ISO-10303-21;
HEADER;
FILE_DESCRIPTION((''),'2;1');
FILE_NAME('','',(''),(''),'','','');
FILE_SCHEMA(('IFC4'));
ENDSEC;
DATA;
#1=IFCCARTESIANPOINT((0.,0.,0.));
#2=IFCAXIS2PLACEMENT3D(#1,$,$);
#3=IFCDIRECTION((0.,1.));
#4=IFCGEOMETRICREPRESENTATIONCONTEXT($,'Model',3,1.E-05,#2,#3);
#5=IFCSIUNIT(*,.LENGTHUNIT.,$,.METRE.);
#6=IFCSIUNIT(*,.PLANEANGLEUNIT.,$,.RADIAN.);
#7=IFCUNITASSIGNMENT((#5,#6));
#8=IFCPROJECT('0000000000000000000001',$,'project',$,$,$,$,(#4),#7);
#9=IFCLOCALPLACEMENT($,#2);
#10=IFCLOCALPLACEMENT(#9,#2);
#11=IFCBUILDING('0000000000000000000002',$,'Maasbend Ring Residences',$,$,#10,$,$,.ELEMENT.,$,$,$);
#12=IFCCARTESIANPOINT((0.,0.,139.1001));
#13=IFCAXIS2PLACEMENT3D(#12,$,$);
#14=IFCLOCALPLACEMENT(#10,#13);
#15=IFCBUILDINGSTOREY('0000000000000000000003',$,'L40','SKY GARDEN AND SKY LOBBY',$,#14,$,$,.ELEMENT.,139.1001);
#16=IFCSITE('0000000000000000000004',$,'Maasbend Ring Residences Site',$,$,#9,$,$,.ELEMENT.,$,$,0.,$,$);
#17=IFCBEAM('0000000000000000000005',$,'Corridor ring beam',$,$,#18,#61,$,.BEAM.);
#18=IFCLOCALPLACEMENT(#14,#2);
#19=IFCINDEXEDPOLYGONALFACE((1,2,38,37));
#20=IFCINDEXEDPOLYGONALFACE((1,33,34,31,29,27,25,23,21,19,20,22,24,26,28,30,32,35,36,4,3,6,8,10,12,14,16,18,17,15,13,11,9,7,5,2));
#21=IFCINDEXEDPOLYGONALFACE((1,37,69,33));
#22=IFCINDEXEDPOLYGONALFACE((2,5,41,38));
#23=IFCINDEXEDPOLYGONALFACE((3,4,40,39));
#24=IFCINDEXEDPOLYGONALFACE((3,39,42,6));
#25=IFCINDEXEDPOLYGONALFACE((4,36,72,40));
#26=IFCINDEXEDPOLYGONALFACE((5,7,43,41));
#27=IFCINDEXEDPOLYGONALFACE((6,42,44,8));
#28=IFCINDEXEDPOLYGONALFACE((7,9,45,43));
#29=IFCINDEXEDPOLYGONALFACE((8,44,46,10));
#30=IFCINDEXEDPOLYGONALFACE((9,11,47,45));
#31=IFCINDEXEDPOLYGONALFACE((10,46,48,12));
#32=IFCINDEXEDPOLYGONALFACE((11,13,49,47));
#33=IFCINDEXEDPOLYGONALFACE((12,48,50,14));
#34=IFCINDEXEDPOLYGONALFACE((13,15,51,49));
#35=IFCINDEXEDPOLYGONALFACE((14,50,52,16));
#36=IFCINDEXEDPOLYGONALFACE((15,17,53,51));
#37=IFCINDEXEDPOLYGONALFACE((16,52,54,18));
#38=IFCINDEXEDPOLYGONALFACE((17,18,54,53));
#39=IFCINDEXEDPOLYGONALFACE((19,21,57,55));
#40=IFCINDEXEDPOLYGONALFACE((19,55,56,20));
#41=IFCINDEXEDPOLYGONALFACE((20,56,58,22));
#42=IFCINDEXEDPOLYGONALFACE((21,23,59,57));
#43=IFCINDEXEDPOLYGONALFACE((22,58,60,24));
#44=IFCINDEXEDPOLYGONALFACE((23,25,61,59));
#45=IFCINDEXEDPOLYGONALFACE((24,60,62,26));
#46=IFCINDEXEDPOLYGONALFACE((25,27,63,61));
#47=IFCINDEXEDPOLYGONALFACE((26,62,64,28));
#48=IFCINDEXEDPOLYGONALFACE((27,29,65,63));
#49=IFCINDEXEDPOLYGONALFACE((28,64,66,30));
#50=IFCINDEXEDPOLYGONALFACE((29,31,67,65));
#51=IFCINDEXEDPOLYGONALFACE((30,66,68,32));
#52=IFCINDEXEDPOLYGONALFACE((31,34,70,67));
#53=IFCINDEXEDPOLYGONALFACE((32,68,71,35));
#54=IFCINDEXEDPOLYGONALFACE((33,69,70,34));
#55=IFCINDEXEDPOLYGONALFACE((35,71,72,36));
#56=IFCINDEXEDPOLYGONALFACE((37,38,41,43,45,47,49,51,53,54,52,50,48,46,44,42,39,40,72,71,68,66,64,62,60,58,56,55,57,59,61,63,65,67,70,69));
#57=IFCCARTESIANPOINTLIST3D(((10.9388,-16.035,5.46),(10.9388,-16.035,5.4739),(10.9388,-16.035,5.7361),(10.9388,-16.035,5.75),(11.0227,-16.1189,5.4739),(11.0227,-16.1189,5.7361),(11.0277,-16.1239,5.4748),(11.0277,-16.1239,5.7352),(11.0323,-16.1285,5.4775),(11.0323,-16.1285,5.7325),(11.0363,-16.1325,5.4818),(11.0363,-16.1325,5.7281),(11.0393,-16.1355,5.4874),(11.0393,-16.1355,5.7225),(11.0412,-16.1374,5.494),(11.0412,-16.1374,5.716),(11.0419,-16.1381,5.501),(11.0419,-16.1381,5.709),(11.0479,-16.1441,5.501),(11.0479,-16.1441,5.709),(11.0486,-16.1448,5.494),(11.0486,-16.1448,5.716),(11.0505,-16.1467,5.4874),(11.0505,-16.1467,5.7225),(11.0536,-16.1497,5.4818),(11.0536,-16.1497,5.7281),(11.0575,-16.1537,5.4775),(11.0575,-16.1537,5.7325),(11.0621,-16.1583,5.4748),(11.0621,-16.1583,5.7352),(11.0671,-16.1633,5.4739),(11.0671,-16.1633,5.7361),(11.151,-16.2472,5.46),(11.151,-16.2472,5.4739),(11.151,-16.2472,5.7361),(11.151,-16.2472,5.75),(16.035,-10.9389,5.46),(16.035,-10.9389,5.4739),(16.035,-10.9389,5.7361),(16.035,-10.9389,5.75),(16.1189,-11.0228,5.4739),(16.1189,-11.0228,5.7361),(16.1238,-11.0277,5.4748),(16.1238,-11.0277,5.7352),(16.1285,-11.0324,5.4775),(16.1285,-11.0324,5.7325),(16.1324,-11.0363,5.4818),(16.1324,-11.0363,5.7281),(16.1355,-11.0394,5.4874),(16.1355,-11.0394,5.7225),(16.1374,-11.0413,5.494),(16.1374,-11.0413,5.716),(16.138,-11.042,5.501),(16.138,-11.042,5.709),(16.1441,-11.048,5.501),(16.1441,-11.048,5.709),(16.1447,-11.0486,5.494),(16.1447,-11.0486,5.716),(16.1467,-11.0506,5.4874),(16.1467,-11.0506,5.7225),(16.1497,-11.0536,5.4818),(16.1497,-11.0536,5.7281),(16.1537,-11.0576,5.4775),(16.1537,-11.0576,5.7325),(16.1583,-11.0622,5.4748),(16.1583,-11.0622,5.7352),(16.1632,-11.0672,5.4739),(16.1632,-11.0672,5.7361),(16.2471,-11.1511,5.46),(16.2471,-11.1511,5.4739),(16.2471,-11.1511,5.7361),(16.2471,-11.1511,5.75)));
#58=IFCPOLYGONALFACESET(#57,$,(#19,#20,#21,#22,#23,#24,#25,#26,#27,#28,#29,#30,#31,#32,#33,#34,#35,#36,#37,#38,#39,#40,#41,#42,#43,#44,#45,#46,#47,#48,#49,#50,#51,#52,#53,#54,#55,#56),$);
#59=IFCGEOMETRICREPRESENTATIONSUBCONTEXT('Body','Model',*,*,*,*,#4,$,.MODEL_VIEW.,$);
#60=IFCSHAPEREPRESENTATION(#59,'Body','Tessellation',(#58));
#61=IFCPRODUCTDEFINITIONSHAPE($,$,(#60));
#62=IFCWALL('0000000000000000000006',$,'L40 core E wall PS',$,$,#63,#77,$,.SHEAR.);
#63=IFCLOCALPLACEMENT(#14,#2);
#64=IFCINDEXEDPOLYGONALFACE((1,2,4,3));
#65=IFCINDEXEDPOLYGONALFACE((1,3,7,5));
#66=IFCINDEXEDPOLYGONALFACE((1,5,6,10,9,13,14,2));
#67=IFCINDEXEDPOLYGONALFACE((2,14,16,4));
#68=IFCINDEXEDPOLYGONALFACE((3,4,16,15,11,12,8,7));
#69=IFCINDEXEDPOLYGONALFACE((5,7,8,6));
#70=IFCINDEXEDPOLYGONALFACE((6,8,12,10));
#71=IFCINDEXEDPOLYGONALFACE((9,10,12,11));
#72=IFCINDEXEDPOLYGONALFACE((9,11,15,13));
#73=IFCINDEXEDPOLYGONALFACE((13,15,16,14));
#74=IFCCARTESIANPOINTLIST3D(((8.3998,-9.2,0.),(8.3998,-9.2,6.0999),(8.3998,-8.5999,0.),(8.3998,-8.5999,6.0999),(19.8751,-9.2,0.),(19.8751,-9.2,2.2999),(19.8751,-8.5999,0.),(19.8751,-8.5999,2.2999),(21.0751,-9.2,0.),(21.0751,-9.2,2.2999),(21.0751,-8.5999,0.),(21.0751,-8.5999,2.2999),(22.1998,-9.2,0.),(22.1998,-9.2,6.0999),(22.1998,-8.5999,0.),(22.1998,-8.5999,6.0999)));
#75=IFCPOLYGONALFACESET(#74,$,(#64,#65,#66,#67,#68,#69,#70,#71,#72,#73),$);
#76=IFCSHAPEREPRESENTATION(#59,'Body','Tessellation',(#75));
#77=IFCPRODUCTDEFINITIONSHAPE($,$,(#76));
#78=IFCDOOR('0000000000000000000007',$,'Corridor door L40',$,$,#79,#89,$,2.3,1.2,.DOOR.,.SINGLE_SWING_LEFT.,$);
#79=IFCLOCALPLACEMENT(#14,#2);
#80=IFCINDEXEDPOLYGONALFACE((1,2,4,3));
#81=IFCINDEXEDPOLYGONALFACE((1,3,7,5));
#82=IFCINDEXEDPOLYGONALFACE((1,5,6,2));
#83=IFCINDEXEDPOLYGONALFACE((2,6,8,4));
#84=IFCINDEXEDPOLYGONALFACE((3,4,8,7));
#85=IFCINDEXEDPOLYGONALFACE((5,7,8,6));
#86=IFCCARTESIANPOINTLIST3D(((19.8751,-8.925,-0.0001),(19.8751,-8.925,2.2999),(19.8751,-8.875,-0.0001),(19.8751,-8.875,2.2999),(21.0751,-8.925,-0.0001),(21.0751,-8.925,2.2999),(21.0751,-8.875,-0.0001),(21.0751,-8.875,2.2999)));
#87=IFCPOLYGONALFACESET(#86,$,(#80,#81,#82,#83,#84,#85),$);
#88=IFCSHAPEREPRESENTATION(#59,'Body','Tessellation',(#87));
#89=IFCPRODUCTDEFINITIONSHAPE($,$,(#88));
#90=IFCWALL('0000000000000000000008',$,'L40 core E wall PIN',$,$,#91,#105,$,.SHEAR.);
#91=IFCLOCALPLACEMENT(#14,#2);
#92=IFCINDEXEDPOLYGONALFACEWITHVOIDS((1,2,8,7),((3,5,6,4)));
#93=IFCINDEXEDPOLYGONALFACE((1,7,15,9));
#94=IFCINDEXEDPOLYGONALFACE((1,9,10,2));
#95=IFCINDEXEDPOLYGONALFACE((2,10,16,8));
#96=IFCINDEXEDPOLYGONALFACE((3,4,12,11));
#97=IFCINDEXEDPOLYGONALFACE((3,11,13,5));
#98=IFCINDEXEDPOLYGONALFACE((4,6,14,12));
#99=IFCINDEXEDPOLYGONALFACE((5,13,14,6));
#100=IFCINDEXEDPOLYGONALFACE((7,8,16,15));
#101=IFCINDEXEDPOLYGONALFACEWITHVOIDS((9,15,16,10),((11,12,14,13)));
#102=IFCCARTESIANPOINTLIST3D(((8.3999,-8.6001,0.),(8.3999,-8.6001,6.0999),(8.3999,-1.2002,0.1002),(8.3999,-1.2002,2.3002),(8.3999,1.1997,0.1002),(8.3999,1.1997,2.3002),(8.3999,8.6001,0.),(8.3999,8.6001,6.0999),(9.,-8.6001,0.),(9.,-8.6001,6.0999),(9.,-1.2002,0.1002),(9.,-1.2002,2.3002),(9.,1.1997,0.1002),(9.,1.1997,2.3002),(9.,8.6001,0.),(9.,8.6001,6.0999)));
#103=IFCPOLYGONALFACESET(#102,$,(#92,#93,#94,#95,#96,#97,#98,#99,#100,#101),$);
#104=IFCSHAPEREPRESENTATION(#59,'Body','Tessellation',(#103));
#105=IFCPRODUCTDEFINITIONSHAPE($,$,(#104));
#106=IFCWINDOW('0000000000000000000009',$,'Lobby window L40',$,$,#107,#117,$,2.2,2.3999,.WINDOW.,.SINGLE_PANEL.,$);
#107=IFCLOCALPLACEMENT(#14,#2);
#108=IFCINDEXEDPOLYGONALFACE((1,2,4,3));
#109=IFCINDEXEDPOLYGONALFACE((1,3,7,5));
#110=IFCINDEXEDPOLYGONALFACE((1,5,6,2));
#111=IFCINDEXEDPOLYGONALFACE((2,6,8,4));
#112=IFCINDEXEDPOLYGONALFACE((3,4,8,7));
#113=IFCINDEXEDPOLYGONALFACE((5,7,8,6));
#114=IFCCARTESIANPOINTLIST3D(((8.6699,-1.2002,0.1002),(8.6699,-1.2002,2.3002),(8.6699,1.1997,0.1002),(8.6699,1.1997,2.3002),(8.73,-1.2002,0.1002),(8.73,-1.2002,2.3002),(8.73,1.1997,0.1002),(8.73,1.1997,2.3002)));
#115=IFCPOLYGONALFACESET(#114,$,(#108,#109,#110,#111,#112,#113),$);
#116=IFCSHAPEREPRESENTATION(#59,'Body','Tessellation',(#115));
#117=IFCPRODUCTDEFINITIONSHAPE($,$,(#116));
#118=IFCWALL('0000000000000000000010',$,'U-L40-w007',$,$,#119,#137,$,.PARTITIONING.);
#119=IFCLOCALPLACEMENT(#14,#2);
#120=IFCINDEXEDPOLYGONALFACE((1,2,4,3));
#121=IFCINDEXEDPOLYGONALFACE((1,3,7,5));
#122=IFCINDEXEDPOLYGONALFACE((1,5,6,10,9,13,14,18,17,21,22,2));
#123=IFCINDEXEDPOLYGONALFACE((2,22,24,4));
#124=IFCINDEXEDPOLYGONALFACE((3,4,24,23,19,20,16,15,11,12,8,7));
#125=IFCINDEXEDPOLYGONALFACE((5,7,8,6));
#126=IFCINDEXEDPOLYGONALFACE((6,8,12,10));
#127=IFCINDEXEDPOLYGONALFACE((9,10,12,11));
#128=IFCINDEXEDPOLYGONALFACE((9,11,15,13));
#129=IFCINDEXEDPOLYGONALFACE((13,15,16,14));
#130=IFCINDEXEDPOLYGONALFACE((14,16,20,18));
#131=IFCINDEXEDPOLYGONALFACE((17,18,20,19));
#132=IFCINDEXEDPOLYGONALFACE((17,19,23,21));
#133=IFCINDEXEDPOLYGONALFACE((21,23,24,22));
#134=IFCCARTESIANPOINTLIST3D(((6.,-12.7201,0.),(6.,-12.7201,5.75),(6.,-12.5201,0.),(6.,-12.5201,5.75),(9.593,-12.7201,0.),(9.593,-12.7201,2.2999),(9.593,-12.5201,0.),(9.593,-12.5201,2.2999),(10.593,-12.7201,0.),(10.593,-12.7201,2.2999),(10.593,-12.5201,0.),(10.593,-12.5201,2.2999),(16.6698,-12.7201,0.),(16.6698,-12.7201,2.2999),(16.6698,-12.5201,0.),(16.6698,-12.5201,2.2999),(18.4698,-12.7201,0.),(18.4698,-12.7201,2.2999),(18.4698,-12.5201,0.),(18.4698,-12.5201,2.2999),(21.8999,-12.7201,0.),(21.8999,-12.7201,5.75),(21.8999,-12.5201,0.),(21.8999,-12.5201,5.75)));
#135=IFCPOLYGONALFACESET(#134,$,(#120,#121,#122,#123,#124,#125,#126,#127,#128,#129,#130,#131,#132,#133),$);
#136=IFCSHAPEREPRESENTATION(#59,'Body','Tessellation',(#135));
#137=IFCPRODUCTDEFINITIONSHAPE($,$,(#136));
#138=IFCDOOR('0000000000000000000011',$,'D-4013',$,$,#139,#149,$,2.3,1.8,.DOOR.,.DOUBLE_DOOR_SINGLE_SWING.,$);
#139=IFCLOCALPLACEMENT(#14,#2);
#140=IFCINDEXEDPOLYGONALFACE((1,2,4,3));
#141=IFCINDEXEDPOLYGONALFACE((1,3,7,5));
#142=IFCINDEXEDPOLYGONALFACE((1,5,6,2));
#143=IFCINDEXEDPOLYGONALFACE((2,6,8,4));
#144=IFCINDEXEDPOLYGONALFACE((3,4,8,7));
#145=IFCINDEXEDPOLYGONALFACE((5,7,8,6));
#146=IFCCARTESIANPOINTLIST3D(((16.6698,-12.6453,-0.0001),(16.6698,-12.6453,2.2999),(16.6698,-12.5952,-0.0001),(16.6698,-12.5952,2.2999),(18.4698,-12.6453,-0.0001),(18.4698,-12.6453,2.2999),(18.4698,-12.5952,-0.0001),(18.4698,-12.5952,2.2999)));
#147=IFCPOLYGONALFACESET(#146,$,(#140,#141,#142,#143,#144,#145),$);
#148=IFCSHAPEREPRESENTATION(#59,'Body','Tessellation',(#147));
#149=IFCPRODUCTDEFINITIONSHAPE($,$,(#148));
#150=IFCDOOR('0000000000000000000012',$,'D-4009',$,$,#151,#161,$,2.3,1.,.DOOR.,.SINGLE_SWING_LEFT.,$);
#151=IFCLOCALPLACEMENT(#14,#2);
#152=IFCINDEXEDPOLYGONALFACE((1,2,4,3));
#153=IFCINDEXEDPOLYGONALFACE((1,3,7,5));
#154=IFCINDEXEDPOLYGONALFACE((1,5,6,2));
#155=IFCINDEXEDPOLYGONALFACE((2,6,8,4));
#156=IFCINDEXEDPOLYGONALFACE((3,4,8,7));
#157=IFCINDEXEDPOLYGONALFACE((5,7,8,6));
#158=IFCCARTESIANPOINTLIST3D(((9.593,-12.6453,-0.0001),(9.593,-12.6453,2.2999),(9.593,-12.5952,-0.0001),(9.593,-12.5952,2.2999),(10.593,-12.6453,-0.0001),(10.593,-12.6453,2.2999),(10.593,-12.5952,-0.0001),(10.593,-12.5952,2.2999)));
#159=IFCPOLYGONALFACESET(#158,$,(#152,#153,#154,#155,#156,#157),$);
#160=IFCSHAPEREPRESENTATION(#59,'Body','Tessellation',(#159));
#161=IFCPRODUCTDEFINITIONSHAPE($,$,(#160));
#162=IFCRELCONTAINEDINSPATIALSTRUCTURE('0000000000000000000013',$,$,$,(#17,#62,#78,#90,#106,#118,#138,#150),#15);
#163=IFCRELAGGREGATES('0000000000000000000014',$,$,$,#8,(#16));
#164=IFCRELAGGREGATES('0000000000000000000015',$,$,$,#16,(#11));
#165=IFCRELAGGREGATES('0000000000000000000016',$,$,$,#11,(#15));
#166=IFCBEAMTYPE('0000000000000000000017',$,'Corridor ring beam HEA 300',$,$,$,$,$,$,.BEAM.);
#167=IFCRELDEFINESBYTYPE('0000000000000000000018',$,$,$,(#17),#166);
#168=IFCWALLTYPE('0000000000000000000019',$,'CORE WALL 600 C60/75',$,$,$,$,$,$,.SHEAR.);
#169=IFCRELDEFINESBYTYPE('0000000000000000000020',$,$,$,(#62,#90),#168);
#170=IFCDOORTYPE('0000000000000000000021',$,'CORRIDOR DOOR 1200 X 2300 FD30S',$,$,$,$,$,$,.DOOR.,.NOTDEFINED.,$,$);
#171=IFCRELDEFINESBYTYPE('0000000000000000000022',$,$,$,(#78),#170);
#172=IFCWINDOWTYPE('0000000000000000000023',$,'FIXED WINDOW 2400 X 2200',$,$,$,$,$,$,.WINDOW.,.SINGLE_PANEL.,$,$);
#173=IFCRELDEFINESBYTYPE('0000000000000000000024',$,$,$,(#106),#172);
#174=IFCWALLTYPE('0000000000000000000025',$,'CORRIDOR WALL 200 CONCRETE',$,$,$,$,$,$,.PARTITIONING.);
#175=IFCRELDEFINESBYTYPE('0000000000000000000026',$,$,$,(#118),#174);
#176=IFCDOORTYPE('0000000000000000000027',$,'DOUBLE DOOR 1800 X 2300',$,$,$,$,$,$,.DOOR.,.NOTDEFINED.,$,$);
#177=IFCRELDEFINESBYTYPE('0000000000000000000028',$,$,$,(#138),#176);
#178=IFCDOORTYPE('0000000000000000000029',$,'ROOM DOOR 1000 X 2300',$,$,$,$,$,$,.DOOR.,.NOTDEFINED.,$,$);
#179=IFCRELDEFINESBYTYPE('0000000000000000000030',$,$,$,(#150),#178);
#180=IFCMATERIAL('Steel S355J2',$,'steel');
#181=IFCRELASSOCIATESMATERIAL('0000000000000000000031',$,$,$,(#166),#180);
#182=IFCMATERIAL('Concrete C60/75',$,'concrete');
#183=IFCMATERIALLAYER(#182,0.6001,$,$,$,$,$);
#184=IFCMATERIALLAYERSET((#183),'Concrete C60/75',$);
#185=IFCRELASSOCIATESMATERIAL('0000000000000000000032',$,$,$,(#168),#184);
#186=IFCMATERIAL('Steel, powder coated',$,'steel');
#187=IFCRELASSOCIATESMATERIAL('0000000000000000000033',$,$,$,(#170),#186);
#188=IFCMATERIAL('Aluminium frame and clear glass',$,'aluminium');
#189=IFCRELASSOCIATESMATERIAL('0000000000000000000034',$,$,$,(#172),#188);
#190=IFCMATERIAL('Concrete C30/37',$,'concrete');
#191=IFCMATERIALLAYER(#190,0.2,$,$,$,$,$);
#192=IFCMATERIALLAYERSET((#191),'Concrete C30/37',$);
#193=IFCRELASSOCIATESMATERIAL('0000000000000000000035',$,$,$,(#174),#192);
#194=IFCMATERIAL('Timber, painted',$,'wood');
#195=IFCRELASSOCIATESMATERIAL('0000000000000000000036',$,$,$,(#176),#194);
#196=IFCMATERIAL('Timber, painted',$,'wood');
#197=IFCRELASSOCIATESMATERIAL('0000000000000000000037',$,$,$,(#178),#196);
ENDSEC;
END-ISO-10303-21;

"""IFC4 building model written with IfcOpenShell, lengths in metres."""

from ifc_helpers import new_model, si_unit, direction, frame, frame_2d, origin, origin_2d, place, context, subcontext, project, spatial, rectangle, i_section, extrude, material, layer, layer_set, material_profile, profile_set, type_object, element, fill, save


model = new_model("IFC4")

# Units and contexts
model_context = context("Model", 3, precision=1e-05, world=origin(), true_north=direction((0.0, 1.0)))
body_context = subcontext(model_context, "Body", "Model", "MODEL_VIEW")
ifc_project = project(units=[si_unit("LENGTHUNIT", "METRE"), si_unit("PLANEANGLEUNIT", "RADIAN")], contexts=[model_context])

# Site, building, storey
site_placement = place(None, origin())
site = spatial("IfcSite", under=ifc_project, at=site_placement, Name="Maasbend Ring Residences Site", CompositionType="ELEMENT", RefElevation=0.0)
building_placement = place(site_placement, origin())
building = spatial("IfcBuilding", under=site, at=building_placement, Name="Maasbend Ring Residences", CompositionType="ELEMENT")
storey_placement = place(building_placement, frame((0.0, 0.0, 139.1001)))
storey = spatial("IfcBuildingStorey", under=building, at=storey_placement, Name="L40", Description="SKY GARDEN AND SKY LOBBY", CompositionType="ELEMENT", Elevation=139.1001)

# Beam
ifc_material_1 = material(Name="Steel S355J2", Category="steel")
ifc_material_profile_1 = material_profile(ifc_material_1, i_section(OverallWidth=0.3, OverallDepth=0.29, WebThickness=0.0085, FlangeThickness=0.0139, FilletRadius=0.0271, at=origin_2d()), Name="HEA 300")
ifc_profile_set_1 = profile_set([ifc_material_profile_1], Name="Steel S355J2")
beam_type_1 = type_object("IfcBeamType", Name="Corridor ring beam HEA 300", PredefinedType="BEAM", material=ifc_profile_set_1)
for number, where, z_axis, x_axis, name in (
    (1, (11.0449, -16.1411, 5.605), (0.707107, 0.707107, 0.0), (-0.707107, 0.707107, 0.0), "Corridor ring beam"),
):
    element("IfcBeam", number, at=place(storey_placement, frame(where, z_axis=z_axis, x_axis=x_axis)), inside=storey, type_object=beam_type_1, Name=name, PredefinedType="BEAM", context=body_context, shape_type="SweptSolid", body=[
        extrude(i_section(OverallWidth=0.3, OverallDepth=0.29, WebThickness=0.0085, FlangeThickness=0.0139, FilletRadius=0.0271, at=origin_2d()), origin(), (0.0, 0.0, 1.0), 7.207),
    ])

# Wall, opening, door
ifc_material_2 = material(Name="Concrete C60/75", Category="concrete")
ifc_layer_1 = layer(ifc_material_2, 0.6001)
ifc_layer_set_1 = layer_set([ifc_layer_1], Name="Concrete C60/75")
wall_type_1 = type_object("IfcWallType", Name="CORE WALL 600 C60/75", PredefinedType="SHEAR", material=ifc_layer_set_1)
wall_1_placement = place(storey_placement, frame((8.3999, -8.8999, 0.0), z_axis=(0.0, 0.0, 1.0), x_axis=(1.0, 0.0, 0.0)))
wall_1 = element("IfcWall", 2, at=wall_1_placement, inside=storey, type_object=wall_type_1, Name="L40 core E wall PS", PredefinedType="SHEAR", context=body_context, shape_type="SweptSolid", body=[
    extrude(rectangle(XDim=13.8, YDim=0.6001, at=frame_2d((6.8999, 0.0))), origin(), (0.0, 0.0, 1.0), 6.0999),
])
opening_1_placement = place(wall_1_placement, frame((11.4751, 0.0, 0.0)))
opening_1 = element("IfcOpeningElement", 3, at=opening_1_placement, cuts=wall_1, PredefinedType="OPENING", context=body_context, shape_type="SweptSolid", body=[
    extrude(rectangle(XDim=1.2, YDim=2.3, at=frame_2d((0.6001, 1.1499))), frame((0.0, 0.3101, 0.0), z_axis=(0.0, -1.0, 0.0), x_axis=(1.0, 0.0, 0.0)), (0.0, 0.0, 1.0), 0.6201),
])
ifc_material_3 = material(Name="Steel, powder coated", Category="steel")
door_type_1 = type_object("IfcDoorType", Name="CORRIDOR DOOR 1200 X 2300 FD30S", OperationType="NOTDEFINED", PredefinedType="DOOR", material=ifc_material_3)
door_1_placement = place(opening_1_placement, origin())
door_1 = element("IfcDoor", 4, at=door_1_placement, inside=storey, type_object=door_type_1, Name="Corridor door L40", OperationType="SINGLE_SWING_LEFT", OverallHeight=2.3, OverallWidth=1.2, PredefinedType="DOOR", context=body_context, shape_type="SweptSolid", body=[
    extrude(rectangle(XDim=1.2, YDim=2.3, at=frame_2d((0.6001, 1.1499))), frame((0.0, 0.0249, 0.0), z_axis=(0.0, -1.0, 0.0), x_axis=(1.0, 0.0, 0.0)), (0.0, 0.0, 1.0), 0.05),
])
fill(opening_1, door_1)

# Wall, opening, window
wall_2_placement = place(storey_placement, frame((8.7, -8.6001, 0.0), z_axis=(0.0, 0.0, 1.0), x_axis=(0.0, 1.0, 0.0)))
wall_2 = element("IfcWall", 5, at=wall_2_placement, inside=storey, type_object=wall_type_1, Name="L40 core E wall PIN", PredefinedType="SHEAR", context=body_context, shape_type="SweptSolid", body=[
    extrude(rectangle(XDim=17.2002, YDim=0.6001, at=frame_2d((8.6001, 0.0))), origin(), (0.0, 0.0, 1.0), 6.0999),
])
opening_2_placement = place(wall_2_placement, frame((7.3999, 0.0, 0.1001)))
opening_2 = element("IfcOpeningElement", 6, at=opening_2_placement, cuts=wall_2, PredefinedType="OPENING", context=body_context, shape_type="SweptSolid", body=[
    extrude(rectangle(XDim=2.3999, YDim=2.2, at=frame_2d((1.2, 1.1001))), frame((0.0, 0.3101, 0.0), z_axis=(0.0, -1.0, 0.0), x_axis=(1.0, 0.0, 0.0)), (0.0, 0.0, 1.0), 0.6201),
])
ifc_material_4 = material(Name="Aluminium frame and clear glass", Category="aluminium")
window_type = type_object("IfcWindowType", Name="FIXED WINDOW 2400 X 2200", PartitioningType="SINGLE_PANEL", PredefinedType="WINDOW", material=ifc_material_4)
window_placement = place(opening_2_placement, origin())
window = element("IfcWindow", 7, at=window_placement, inside=storey, type_object=window_type, Name="Lobby window L40", OverallHeight=2.2, OverallWidth=2.3999, PartitioningType="SINGLE_PANEL", PredefinedType="WINDOW", context=body_context, shape_type="SweptSolid", body=[
    extrude(rectangle(XDim=2.3999, YDim=2.2, at=frame_2d((1.2, 1.1001))), frame((0.0, 0.03, 0.0), z_axis=(0.0, -1.0, 0.0), x_axis=(1.0, 0.0, 0.0)), (0.0, 0.0, 1.0), 0.0601),
])
fill(opening_2, window)

# Wall, openings, doors
ifc_material_5 = material(Name="Concrete C30/37", Category="concrete")
ifc_layer_2 = layer(ifc_material_5, 0.2)
ifc_layer_set_2 = layer_set([ifc_layer_2], Name="Concrete C30/37")
wall_type_2 = type_object("IfcWallType", Name="CORRIDOR WALL 200 CONCRETE", PredefinedType="PARTITIONING", material=ifc_layer_set_2)
wall_3_placement = place(storey_placement, frame((6.0, -12.6201, 0.0), z_axis=(0.0, 0.0, 1.0), x_axis=(1.0, 0.0, 0.0)))
wall_3 = element("IfcWall", 8, at=wall_3_placement, inside=storey, type_object=wall_type_2, Name="U-L40-w007", PredefinedType="PARTITIONING", context=body_context, shape_type="SweptSolid", body=[
    extrude(rectangle(XDim=15.8999, YDim=0.2, at=frame_2d((7.95, 0.0))), origin(), (0.0, 0.0, 1.0), 5.75),
])
opening_3_placement = place(wall_3_placement, frame((3.593, 0.0, 0.0)))
opening_3 = element("IfcOpeningElement", 9, at=opening_3_placement, cuts=wall_3, PredefinedType="OPENING", context=body_context, shape_type="SweptSolid", body=[
    extrude(rectangle(XDim=1.0, YDim=2.3, at=frame_2d((0.5, 1.1499))), frame((0.0, 0.1099, 0.0), z_axis=(0.0, -1.0, 0.0), x_axis=(1.0, 0.0, 0.0)), (0.0, 0.0, 1.0), 0.22),
])
opening_4_placement = place(wall_3_placement, frame((10.6699, 0.0, 0.0)))
opening_4 = element("IfcOpeningElement", 10, at=opening_4_placement, cuts=wall_3, PredefinedType="OPENING", context=body_context, shape_type="SweptSolid", body=[
    extrude(rectangle(XDim=1.8, YDim=2.3, at=frame_2d((0.8999, 1.1499))), frame((0.0, 0.1099, 0.0), z_axis=(0.0, -1.0, 0.0), x_axis=(1.0, 0.0, 0.0)), (0.0, 0.0, 1.0), 0.22),
])
ifc_material_6 = material(Name="Timber, painted", Category="wood")
door_type_2 = type_object("IfcDoorType", Name="DOUBLE DOOR 1800 X 2300", OperationType="NOTDEFINED", PredefinedType="DOOR", material=ifc_material_6)
door_2_placement = place(opening_4_placement, origin())
door_2 = element("IfcDoor", 11, at=door_2_placement, inside=storey, type_object=door_type_2, Name="D-4013", OperationType="DOUBLE_DOOR_SINGLE_SWING", OverallHeight=2.3, OverallWidth=1.8, PredefinedType="DOOR", context=body_context, shape_type="SweptSolid", body=[
    extrude(rectangle(XDim=1.8, YDim=2.3, at=frame_2d((0.8999, 1.1499))), frame((0.0, 0.0249, 0.0), z_axis=(0.0, -1.0, 0.0), x_axis=(1.0, 0.0, 0.0)), (0.0, 0.0, 1.0), 0.05),
])
fill(opening_4, door_2)
ifc_material_7 = material(Name="Timber, painted", Category="wood")
door_type_3 = type_object("IfcDoorType", Name="ROOM DOOR 1000 X 2300", OperationType="NOTDEFINED", PredefinedType="DOOR", material=ifc_material_7)
door_3_placement = place(opening_3_placement, origin())
door_3 = element("IfcDoor", 12, at=door_3_placement, inside=storey, type_object=door_type_3, Name="D-4009", OperationType="SINGLE_SWING_LEFT", OverallHeight=2.3, OverallWidth=1.0, PredefinedType="DOOR", context=body_context, shape_type="SweptSolid", body=[
    extrude(rectangle(XDim=1.0, YDim=2.3, at=frame_2d((0.5, 1.1499))), frame((0.0, 0.0249, 0.0), z_axis=(0.0, -1.0, 0.0), x_axis=(1.0, 0.0, 0.0)), (0.0, 0.0, 1.0), 0.05),
])
fill(opening_3, door_3)

save(model, "model.ifc")
